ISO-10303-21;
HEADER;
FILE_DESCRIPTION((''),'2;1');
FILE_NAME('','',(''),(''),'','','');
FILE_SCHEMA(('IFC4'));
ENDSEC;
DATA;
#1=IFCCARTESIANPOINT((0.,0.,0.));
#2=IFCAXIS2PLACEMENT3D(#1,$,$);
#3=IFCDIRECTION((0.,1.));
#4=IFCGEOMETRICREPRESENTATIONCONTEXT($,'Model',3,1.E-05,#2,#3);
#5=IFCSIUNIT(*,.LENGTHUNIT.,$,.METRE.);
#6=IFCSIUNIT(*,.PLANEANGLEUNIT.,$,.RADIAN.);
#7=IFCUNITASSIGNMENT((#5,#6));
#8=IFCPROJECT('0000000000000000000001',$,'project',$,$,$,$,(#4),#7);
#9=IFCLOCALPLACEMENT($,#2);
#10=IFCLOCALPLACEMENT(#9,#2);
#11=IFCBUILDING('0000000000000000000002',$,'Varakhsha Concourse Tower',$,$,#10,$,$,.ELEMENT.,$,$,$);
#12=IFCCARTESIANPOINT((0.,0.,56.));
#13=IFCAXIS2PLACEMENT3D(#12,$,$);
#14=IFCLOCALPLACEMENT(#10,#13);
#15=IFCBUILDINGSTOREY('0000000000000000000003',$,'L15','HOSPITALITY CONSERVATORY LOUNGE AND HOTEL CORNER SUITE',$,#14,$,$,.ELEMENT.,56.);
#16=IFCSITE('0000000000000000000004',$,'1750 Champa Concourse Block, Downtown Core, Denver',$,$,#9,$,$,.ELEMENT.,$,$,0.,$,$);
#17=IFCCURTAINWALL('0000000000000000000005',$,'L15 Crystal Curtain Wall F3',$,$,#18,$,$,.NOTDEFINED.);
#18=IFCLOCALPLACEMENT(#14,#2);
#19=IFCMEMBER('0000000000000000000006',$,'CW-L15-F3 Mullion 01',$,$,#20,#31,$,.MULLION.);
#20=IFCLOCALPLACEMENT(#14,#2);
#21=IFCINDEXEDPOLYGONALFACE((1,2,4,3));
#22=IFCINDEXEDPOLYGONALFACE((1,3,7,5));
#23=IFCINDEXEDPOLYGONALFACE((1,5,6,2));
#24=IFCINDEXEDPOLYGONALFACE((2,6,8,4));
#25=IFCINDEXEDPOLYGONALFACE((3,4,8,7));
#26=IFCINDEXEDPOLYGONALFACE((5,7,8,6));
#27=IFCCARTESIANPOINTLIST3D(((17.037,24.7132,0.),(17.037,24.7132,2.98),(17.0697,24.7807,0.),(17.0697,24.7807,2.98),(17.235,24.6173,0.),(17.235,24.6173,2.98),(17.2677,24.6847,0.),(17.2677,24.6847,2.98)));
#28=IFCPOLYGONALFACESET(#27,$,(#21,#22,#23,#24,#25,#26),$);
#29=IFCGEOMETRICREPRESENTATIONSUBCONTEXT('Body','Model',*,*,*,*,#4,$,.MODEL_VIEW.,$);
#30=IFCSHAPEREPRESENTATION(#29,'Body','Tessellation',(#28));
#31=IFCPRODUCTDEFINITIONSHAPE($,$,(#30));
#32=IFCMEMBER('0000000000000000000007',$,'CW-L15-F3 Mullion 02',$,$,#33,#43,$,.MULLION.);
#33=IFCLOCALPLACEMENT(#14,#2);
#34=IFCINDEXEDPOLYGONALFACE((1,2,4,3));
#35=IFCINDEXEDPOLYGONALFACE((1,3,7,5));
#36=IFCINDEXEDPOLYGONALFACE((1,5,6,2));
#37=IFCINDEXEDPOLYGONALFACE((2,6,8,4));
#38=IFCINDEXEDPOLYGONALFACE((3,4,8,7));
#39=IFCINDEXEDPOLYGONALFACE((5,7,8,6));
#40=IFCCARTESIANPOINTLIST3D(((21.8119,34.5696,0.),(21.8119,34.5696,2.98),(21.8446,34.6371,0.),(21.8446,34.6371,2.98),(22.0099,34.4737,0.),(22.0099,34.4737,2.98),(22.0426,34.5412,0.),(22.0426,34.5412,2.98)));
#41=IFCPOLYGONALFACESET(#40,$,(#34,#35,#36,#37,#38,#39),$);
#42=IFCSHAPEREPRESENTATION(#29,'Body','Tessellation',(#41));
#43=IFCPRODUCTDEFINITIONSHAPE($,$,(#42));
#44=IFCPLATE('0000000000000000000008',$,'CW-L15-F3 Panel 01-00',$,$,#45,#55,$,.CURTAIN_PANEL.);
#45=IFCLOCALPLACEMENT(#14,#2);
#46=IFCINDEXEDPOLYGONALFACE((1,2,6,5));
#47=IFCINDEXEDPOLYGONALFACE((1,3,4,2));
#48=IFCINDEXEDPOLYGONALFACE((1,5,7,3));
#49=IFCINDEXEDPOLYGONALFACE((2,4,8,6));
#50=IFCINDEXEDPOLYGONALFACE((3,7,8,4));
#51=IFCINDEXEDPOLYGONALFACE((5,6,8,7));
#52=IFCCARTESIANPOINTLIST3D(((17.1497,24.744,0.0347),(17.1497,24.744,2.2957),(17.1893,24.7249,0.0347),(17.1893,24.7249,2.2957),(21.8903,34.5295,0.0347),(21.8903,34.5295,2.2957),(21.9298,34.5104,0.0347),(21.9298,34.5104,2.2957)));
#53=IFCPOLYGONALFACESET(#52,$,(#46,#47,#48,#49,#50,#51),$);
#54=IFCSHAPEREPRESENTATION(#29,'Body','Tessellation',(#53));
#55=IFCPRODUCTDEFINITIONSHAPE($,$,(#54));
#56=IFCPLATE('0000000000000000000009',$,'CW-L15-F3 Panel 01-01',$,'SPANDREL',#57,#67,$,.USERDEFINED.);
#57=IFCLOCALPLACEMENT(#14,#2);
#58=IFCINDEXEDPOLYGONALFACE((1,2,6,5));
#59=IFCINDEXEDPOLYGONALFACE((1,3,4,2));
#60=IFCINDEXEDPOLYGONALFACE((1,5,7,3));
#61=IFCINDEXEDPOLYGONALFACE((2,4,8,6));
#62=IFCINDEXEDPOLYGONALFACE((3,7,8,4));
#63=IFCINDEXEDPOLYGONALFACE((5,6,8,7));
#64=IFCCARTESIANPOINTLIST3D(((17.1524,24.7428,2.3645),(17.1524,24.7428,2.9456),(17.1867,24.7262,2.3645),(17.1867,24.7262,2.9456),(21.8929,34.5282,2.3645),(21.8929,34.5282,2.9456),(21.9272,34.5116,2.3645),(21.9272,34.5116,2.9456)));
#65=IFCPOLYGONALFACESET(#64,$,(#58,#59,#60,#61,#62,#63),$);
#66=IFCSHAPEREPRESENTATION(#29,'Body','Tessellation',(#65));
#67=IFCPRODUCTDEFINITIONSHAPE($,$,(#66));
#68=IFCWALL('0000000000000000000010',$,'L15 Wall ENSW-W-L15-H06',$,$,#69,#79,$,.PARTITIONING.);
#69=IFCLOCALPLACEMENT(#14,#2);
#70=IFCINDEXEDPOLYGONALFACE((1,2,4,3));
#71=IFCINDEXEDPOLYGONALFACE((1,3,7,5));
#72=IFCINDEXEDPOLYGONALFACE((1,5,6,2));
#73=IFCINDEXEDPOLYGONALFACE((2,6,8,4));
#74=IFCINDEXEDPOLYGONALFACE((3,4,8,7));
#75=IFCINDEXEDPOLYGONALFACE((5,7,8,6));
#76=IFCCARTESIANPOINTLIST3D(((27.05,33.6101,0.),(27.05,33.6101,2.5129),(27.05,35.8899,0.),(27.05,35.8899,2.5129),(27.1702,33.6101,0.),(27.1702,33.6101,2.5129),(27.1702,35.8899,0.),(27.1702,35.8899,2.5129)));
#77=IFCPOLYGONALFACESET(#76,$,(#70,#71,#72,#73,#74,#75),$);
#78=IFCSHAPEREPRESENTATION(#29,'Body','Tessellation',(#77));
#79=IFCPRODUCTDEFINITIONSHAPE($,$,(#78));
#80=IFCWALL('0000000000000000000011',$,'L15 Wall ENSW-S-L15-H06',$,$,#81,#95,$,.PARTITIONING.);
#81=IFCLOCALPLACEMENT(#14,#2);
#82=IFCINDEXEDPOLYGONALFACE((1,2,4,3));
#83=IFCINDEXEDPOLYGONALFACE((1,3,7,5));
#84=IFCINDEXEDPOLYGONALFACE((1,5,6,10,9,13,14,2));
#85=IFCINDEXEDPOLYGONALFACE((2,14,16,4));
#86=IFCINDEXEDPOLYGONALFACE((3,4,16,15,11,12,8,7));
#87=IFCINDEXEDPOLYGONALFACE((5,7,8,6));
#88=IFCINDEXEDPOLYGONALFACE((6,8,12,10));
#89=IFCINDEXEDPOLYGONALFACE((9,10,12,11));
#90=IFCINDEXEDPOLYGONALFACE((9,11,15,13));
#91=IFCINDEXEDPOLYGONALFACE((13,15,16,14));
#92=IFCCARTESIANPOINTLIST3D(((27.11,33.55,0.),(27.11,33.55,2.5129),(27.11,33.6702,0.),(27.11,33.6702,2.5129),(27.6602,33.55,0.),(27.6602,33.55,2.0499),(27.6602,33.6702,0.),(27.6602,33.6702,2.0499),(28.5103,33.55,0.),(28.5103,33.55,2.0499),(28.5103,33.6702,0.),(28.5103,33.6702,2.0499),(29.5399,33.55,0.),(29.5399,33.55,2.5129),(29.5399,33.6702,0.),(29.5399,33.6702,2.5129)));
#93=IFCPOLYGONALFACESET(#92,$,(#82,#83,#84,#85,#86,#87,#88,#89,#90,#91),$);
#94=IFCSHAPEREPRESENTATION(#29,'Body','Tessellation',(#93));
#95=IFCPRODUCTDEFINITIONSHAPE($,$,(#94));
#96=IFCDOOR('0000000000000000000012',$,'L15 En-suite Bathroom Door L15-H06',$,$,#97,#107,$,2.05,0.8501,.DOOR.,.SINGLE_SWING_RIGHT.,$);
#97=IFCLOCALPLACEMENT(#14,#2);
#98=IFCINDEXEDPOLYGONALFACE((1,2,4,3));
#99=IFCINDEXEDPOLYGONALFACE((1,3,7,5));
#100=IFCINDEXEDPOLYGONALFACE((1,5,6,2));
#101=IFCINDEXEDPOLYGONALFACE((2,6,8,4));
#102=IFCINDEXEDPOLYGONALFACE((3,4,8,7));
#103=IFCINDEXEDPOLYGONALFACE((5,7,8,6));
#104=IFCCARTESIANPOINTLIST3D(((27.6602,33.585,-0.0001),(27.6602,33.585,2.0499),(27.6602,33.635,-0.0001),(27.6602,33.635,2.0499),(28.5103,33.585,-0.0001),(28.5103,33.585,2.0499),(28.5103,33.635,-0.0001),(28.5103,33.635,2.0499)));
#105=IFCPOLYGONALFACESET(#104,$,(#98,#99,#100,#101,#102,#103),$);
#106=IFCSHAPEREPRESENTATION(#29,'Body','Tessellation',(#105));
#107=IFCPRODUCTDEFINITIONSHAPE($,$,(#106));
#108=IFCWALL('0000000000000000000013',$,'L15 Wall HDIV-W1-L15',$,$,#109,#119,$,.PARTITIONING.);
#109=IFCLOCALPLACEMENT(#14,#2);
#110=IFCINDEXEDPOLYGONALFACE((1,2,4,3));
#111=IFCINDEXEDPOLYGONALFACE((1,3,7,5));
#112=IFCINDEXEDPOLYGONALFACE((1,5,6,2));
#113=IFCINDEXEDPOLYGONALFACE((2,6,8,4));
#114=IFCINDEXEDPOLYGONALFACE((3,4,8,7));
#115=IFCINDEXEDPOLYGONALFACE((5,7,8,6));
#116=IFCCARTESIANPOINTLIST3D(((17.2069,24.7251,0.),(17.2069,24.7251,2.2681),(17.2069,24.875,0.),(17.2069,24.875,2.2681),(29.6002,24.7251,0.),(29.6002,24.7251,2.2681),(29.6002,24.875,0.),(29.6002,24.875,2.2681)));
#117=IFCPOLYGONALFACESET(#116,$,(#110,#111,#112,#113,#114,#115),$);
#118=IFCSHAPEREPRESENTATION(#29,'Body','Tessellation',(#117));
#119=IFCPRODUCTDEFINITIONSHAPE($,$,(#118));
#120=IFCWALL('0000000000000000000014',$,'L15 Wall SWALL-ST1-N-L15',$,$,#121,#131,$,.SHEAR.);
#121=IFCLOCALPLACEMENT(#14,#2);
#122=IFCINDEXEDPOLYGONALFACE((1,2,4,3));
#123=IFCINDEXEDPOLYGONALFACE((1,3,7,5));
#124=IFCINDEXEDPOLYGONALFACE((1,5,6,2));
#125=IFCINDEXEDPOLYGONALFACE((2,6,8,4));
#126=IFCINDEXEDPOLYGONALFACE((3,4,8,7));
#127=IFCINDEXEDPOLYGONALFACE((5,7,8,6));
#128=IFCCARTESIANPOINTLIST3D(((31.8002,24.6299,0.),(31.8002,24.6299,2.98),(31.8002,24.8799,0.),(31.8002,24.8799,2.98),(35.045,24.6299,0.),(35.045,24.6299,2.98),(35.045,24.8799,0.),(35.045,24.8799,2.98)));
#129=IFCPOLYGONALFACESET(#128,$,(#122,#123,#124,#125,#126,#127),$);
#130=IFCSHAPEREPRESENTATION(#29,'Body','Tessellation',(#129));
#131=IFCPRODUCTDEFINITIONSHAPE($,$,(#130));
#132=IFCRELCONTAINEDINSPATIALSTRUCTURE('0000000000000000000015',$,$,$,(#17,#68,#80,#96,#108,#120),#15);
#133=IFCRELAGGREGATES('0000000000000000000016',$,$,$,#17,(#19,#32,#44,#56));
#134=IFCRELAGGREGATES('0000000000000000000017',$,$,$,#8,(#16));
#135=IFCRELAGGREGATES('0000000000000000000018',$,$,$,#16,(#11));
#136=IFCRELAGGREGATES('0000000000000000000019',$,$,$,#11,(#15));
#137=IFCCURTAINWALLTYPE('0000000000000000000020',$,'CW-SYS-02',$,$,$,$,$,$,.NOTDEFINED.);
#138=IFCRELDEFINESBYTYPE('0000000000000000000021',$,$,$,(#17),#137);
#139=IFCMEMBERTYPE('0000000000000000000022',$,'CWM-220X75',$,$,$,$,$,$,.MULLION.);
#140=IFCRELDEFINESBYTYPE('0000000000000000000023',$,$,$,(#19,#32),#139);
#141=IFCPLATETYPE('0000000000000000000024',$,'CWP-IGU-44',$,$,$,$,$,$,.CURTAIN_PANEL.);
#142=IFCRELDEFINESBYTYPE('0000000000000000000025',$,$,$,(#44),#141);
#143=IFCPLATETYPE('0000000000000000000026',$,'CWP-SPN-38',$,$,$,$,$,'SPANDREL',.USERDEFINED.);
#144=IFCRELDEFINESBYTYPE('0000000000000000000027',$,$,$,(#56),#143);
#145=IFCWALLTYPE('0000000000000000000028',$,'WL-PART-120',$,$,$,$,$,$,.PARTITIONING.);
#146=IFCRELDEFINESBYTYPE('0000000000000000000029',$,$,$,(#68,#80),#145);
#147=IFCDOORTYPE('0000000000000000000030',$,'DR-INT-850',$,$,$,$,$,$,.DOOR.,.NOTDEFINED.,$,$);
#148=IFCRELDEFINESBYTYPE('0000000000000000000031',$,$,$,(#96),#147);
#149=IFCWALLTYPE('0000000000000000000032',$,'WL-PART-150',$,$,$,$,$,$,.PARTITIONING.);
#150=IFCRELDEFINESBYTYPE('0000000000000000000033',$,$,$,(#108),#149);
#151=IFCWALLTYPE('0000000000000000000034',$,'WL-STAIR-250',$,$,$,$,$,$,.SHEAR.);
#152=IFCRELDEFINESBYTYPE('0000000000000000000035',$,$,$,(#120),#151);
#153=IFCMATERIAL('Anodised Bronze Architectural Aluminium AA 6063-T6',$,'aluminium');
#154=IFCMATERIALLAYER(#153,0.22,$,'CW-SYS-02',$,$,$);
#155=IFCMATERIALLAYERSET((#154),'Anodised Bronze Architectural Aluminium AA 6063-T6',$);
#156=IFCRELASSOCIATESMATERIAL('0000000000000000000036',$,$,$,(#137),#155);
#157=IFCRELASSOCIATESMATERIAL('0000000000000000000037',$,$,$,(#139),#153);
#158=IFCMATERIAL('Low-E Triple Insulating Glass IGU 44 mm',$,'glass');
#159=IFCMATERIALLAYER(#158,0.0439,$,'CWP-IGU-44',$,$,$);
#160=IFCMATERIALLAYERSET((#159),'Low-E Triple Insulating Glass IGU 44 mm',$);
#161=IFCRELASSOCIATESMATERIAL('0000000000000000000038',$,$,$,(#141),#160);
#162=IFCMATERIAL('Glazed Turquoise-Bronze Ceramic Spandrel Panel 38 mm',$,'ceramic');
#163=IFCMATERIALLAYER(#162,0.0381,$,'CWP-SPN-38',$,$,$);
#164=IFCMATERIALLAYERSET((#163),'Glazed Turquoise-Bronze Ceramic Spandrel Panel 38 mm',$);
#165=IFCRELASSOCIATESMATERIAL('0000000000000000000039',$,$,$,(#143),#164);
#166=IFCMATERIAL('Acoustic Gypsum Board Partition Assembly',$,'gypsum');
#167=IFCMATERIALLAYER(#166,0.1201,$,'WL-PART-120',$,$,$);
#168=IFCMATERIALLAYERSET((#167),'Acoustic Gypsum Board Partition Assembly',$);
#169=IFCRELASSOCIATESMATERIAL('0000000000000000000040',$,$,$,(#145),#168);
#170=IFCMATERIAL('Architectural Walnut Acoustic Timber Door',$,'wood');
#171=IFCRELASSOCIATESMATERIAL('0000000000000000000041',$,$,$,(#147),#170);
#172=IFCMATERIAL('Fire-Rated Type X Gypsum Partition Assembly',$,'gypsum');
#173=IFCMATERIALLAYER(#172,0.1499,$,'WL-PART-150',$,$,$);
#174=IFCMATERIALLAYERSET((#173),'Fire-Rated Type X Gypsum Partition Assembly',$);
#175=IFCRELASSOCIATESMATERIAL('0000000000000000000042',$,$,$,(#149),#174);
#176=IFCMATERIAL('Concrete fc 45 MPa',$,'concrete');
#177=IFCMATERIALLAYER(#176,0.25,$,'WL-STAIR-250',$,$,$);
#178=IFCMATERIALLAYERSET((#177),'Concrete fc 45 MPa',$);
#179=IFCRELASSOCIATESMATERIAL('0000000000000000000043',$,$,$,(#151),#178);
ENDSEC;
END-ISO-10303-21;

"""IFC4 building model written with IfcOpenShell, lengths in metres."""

from ifc_helpers import new_model, si_unit, direction, frame, frame_2d, origin, origin_2d, place, context, subcontext, project, spatial, rectangle, extrude, source, transform, mapped, material, layer, layer_set, material_profile, profile_set, type_object, type_shapes, element, fill, aggregate, save


model = new_model("IFC4")

# Units and contexts
model_context = context("Model", 3, precision=1e-05, world=origin(), true_north=direction((0.0, 1.0)))
body_context = subcontext(model_context, "Body", "Model", "MODEL_VIEW")
ifc_project = project(units=[si_unit("LENGTHUNIT", "METRE"), si_unit("PLANEANGLEUNIT", "RADIAN")], contexts=[model_context])

# Site, building, storey
site_placement = place(None, origin())
site = spatial("IfcSite", under=ifc_project, at=site_placement, Name="1750 Champa Concourse Block, Downtown Core, Denver", CompositionType="ELEMENT", RefElevation=0.0)
building_placement = place(site_placement, origin())
building = spatial("IfcBuilding", under=site, at=building_placement, Name="Varakhsha Concourse Tower", CompositionType="ELEMENT")
storey_placement = place(building_placement, frame((0.0, 0.0, 56.0)))
storey = spatial("IfcBuildingStorey", under=building, at=storey_placement, Name="L15", Description="HOSPITALITY CONSERVATORY LOUNGE AND HOTEL CORNER SUITE", CompositionType="ELEMENT", Elevation=56.0)

# Shared definitions
ifc_material_1 = material(Name="Anodised Bronze Architectural Aluminium AA 6063-T6", Category="aluminium")
ifc_layer_1 = layer(ifc_material_1, 0.22, Name="CW-SYS-02")
ifc_layer_set_1 = layer_set([ifc_layer_1], Name="Anodised Bronze Architectural Aluminium AA 6063-T6")
curtain_wall_type = type_object("IfcCurtainWallType", Name="CW-SYS-02", PredefinedType="NOTDEFINED", material=ifc_layer_set_1)
ifc_material_profile_1 = material_profile(ifc_material_1, rectangle(XDim=0.075, YDim=0.22, at=origin_2d()), Name="CWM-220X75")
ifc_profile_set_1 = profile_set([ifc_material_profile_1], Name="Anodised Bronze Architectural Aluminium AA 6063-T6")
member_type = type_object("IfcMemberType", Name="CWM-220X75", PredefinedType="MULLION", material=ifc_profile_set_1)
shared_shape_1 = source(origin(), body_context, "Body", "SweptSolid", [
    extrude(rectangle(XDim=0.075, YDim=0.22, at=origin_2d()), origin(), (0.0, 0.0, 1.0), 2.98),
])
type_shapes(member_type, [shared_shape_1])

# Curtain wall, members, plates
curtain_wall_1_placement = place(storey_placement, origin())
curtain_wall_1 = element("IfcCurtainWall", 1, at=curtain_wall_1_placement, inside=storey, type_object=curtain_wall_type, Name="L15 Crystal Curtain Wall F3", PredefinedType="NOTDEFINED")
member_1_placement = place(storey_placement, frame((17.1523, 24.699, 0.0), z_axis=(0.0, 0.0, 1.0), x_axis=(0.435982, 0.899955, 0.0)))
member_1 = element("IfcMember", 2, at=member_1_placement, type_object=member_type, Name="CW-L15-F3 Mullion 01", PredefinedType="MULLION", context=body_context, shape_type="MappedRepresentation", body=[
    mapped(shared_shape_1, transform((0.0, 0.0, 0.0), scale=1.0)),
])
member_2_placement = place(storey_placement, frame((21.9272, 34.5554, 0.0), z_axis=(0.0, 0.0, 1.0), x_axis=(0.435982, 0.899955, 0.0)))
member_2 = element("IfcMember", 3, at=member_2_placement, type_object=member_type, Name="CW-L15-F3 Mullion 02", PredefinedType="MULLION", context=body_context, shape_type="MappedRepresentation", body=[
    mapped(shared_shape_1, transform((0.0, 0.0, 0.0), scale=1.0)),
])
ifc_material_2 = material(Name="Low-E Triple Insulating Glass IGU 44 mm", Category="glass")
ifc_layer_2 = layer(ifc_material_2, 0.0439, Name="CWP-IGU-44")
ifc_layer_set_2 = layer_set([ifc_layer_2], Name="Low-E Triple Insulating Glass IGU 44 mm")
plate_type_1 = type_object("IfcPlateType", Name="CWP-IGU-44", PredefinedType="CURTAIN_PANEL", material=ifc_layer_set_2)
shared_shape_2 = source(origin(), body_context, "Body", "SweptSolid", [
    extrude(rectangle(XDim=10.8733, YDim=0.0439, at=origin_2d()), origin(), (0.0, 0.0, 1.0), 2.261),
])
type_shapes(plate_type_1, [shared_shape_2])
plate_1_placement = place(storey_placement, frame((19.5398, 29.6272, 0.0347), z_axis=(0.0, 0.0, 1.0), x_axis=(0.435982, 0.899955, 0.0)))
plate_1 = element("IfcPlate", 4, at=plate_1_placement, type_object=plate_type_1, Name="CW-L15-F3 Panel 01-00", PredefinedType="CURTAIN_PANEL", context=body_context, shape_type="MappedRepresentation", body=[
    mapped(shared_shape_2, transform((0.0, 0.0, 0.0), scale=1.0)),
])
ifc_material_3 = material(Name="Glazed Turquoise-Bronze Ceramic Spandrel Panel 38 mm", Category="ceramic")
ifc_layer_3 = layer(ifc_material_3, 0.0381, Name="CWP-SPN-38")
ifc_layer_set_3 = layer_set([ifc_layer_3], Name="Glazed Turquoise-Bronze Ceramic Spandrel Panel 38 mm")
plate_type_2 = type_object("IfcPlateType", Name="CWP-SPN-38", ElementType="SPANDREL", PredefinedType="USERDEFINED", material=ifc_layer_set_3)
shared_shape_3 = source(origin(), body_context, "Body", "SweptSolid", [
    extrude(rectangle(XDim=10.8733, YDim=0.0381, at=origin_2d()), origin(), (0.0, 0.0, 1.0), 0.5811),
])
type_shapes(plate_type_2, [shared_shape_3])
plate_2_placement = place(storey_placement, frame((19.5398, 29.6272, 2.3645), z_axis=(0.0, 0.0, 1.0), x_axis=(0.435982, 0.899955, 0.0)))
plate_2 = element("IfcPlate", 5, at=plate_2_placement, type_object=plate_type_2, Name="CW-L15-F3 Panel 01-01", ObjectType="SPANDREL", PredefinedType="USERDEFINED", context=body_context, shape_type="MappedRepresentation", body=[
    mapped(shared_shape_3, transform((0.0, 0.0, 0.0), scale=1.0)),
])
aggregate(curtain_wall_1, [member_1, member_2, plate_1, plate_2])

# Wall
ifc_material_4 = material(Name="Acoustic Gypsum Board Partition Assembly", Category="gypsum")
ifc_layer_4 = layer(ifc_material_4, 0.1201, Name="WL-PART-120")
ifc_layer_set_4 = layer_set([ifc_layer_4], Name="Acoustic Gypsum Board Partition Assembly")
wall_type_1 = type_object("IfcWallType", Name="WL-PART-120", PredefinedType="PARTITIONING", material=ifc_layer_set_4)
wall_1_placement = place(storey_placement, frame((27.1101, 33.6101, 0.0), z_axis=(0.0, 0.0, 1.0), x_axis=(0.0, 1.0, 0.0)))
element("IfcWall", 6, at=wall_1_placement, inside=storey, type_object=wall_type_1, Name="L15 Wall ENSW-W-L15-H06", PredefinedType="PARTITIONING", context=body_context, shape_type="SweptSolid", body=[
    extrude(rectangle(XDim=2.2798, YDim=0.1201, at=frame_2d((1.1399, 0.0))), origin(), (0.0, 0.0, 1.0), 2.5129),
])

# Wall, opening, door
wall_2_placement = place(storey_placement, frame((27.1101, 33.6101, 0.0), z_axis=(0.0, 0.0, 1.0), x_axis=(1.0, 0.0, 0.0)))
wall_2 = element("IfcWall", 7, at=wall_2_placement, inside=storey, type_object=wall_type_1, Name="L15 Wall ENSW-S-L15-H06", PredefinedType="PARTITIONING", context=body_context, shape_type="SweptSolid", body=[
    extrude(rectangle(XDim=2.4299, YDim=0.1201, at=frame_2d((1.2148, 0.0))), origin(), (0.0, 0.0, 1.0), 2.5129),
])
opening_placement = place(wall_2_placement, frame((0.55, 0.0, 0.0)))
opening = element("IfcOpeningElement", 8, at=opening_placement, cuts=wall_2, PredefinedType="OPENING", context=body_context, shape_type="SweptSolid", body=[
    extrude(rectangle(XDim=0.8501, YDim=2.05, at=frame_2d((0.425, 1.0249))), frame((0.0, 0.0701, 0.0), z_axis=(0.0, -1.0, 0.0), x_axis=(1.0, 0.0, 0.0)), (0.0, 0.0, 1.0), 0.1401),
])
ifc_material_5 = material(Name="Architectural Walnut Acoustic Timber Door", Category="wood")
door_type = type_object("IfcDoorType", Name="DR-INT-850", OperationType="NOTDEFINED", PredefinedType="DOOR", material=ifc_material_5)
door_placement = place(opening_placement, origin())
door = element("IfcDoor", 9, at=door_placement, inside=storey, type_object=door_type, Name="L15 En-suite Bathroom Door L15-H06", OperationType="SINGLE_SWING_RIGHT", OverallHeight=2.05, OverallWidth=0.8501, PredefinedType="DOOR", context=body_context, shape_type="SweptSolid", body=[
    extrude(rectangle(XDim=0.8501, YDim=2.05, at=frame_2d((0.425, 1.0249))), frame((0.0, 0.0249, 0.0), z_axis=(0.0, -1.0, 0.0), x_axis=(1.0, 0.0, 0.0)), (0.0, 0.0, 1.0), 0.05),
])
fill(opening, door)

# Walls
ifc_material_6 = material(Name="Fire-Rated Type X Gypsum Partition Assembly", Category="gypsum")
ifc_layer_5 = layer(ifc_material_6, 0.1499, Name="WL-PART-150")
ifc_layer_set_5 = layer_set([ifc_layer_5], Name="Fire-Rated Type X Gypsum Partition Assembly")
wall_type_2 = type_object("IfcWallType", Name="WL-PART-150", PredefinedType="PARTITIONING", material=ifc_layer_set_5)
wall_3_placement = place(storey_placement, frame((17.2068, 24.8, 0.0), z_axis=(0.0, 0.0, 1.0), x_axis=(1.0, 0.0, 0.0)))
element("IfcWall", 10, at=wall_3_placement, inside=storey, type_object=wall_type_2, Name="L15 Wall HDIV-W1-L15", PredefinedType="PARTITIONING", context=body_context, shape_type="SweptSolid", body=[
    extrude(rectangle(XDim=12.3933, YDim=0.1499, at=frame_2d((6.1968, 0.0))), origin(), (0.0, 0.0, 1.0), 2.2681),
])
ifc_material_7 = material(Name="Concrete fc 45 MPa", Category="concrete")
ifc_layer_6 = layer(ifc_material_7, 0.25, Name="WL-STAIR-250")
ifc_layer_set_6 = layer_set([ifc_layer_6], Name="Concrete fc 45 MPa")
wall_type_3 = type_object("IfcWallType", Name="WL-STAIR-250", PredefinedType="SHEAR", material=ifc_layer_set_6)
wall_4_placement = place(storey_placement, frame((31.8, 24.7549, 0.0), z_axis=(0.0, 0.0, 1.0), x_axis=(1.0, 0.0, 0.0)))
element("IfcWall", 11, at=wall_4_placement, inside=storey, type_object=wall_type_3, Name="L15 Wall SWALL-ST1-N-L15", PredefinedType="SHEAR", context=body_context, shape_type="SweptSolid", body=[
    extrude(rectangle(XDim=3.2449, YDim=0.25, at=frame_2d((1.6226, 0.0))), origin(), (0.0, 0.0, 1.0), 2.98),
])

save(model, "model.ifc")
